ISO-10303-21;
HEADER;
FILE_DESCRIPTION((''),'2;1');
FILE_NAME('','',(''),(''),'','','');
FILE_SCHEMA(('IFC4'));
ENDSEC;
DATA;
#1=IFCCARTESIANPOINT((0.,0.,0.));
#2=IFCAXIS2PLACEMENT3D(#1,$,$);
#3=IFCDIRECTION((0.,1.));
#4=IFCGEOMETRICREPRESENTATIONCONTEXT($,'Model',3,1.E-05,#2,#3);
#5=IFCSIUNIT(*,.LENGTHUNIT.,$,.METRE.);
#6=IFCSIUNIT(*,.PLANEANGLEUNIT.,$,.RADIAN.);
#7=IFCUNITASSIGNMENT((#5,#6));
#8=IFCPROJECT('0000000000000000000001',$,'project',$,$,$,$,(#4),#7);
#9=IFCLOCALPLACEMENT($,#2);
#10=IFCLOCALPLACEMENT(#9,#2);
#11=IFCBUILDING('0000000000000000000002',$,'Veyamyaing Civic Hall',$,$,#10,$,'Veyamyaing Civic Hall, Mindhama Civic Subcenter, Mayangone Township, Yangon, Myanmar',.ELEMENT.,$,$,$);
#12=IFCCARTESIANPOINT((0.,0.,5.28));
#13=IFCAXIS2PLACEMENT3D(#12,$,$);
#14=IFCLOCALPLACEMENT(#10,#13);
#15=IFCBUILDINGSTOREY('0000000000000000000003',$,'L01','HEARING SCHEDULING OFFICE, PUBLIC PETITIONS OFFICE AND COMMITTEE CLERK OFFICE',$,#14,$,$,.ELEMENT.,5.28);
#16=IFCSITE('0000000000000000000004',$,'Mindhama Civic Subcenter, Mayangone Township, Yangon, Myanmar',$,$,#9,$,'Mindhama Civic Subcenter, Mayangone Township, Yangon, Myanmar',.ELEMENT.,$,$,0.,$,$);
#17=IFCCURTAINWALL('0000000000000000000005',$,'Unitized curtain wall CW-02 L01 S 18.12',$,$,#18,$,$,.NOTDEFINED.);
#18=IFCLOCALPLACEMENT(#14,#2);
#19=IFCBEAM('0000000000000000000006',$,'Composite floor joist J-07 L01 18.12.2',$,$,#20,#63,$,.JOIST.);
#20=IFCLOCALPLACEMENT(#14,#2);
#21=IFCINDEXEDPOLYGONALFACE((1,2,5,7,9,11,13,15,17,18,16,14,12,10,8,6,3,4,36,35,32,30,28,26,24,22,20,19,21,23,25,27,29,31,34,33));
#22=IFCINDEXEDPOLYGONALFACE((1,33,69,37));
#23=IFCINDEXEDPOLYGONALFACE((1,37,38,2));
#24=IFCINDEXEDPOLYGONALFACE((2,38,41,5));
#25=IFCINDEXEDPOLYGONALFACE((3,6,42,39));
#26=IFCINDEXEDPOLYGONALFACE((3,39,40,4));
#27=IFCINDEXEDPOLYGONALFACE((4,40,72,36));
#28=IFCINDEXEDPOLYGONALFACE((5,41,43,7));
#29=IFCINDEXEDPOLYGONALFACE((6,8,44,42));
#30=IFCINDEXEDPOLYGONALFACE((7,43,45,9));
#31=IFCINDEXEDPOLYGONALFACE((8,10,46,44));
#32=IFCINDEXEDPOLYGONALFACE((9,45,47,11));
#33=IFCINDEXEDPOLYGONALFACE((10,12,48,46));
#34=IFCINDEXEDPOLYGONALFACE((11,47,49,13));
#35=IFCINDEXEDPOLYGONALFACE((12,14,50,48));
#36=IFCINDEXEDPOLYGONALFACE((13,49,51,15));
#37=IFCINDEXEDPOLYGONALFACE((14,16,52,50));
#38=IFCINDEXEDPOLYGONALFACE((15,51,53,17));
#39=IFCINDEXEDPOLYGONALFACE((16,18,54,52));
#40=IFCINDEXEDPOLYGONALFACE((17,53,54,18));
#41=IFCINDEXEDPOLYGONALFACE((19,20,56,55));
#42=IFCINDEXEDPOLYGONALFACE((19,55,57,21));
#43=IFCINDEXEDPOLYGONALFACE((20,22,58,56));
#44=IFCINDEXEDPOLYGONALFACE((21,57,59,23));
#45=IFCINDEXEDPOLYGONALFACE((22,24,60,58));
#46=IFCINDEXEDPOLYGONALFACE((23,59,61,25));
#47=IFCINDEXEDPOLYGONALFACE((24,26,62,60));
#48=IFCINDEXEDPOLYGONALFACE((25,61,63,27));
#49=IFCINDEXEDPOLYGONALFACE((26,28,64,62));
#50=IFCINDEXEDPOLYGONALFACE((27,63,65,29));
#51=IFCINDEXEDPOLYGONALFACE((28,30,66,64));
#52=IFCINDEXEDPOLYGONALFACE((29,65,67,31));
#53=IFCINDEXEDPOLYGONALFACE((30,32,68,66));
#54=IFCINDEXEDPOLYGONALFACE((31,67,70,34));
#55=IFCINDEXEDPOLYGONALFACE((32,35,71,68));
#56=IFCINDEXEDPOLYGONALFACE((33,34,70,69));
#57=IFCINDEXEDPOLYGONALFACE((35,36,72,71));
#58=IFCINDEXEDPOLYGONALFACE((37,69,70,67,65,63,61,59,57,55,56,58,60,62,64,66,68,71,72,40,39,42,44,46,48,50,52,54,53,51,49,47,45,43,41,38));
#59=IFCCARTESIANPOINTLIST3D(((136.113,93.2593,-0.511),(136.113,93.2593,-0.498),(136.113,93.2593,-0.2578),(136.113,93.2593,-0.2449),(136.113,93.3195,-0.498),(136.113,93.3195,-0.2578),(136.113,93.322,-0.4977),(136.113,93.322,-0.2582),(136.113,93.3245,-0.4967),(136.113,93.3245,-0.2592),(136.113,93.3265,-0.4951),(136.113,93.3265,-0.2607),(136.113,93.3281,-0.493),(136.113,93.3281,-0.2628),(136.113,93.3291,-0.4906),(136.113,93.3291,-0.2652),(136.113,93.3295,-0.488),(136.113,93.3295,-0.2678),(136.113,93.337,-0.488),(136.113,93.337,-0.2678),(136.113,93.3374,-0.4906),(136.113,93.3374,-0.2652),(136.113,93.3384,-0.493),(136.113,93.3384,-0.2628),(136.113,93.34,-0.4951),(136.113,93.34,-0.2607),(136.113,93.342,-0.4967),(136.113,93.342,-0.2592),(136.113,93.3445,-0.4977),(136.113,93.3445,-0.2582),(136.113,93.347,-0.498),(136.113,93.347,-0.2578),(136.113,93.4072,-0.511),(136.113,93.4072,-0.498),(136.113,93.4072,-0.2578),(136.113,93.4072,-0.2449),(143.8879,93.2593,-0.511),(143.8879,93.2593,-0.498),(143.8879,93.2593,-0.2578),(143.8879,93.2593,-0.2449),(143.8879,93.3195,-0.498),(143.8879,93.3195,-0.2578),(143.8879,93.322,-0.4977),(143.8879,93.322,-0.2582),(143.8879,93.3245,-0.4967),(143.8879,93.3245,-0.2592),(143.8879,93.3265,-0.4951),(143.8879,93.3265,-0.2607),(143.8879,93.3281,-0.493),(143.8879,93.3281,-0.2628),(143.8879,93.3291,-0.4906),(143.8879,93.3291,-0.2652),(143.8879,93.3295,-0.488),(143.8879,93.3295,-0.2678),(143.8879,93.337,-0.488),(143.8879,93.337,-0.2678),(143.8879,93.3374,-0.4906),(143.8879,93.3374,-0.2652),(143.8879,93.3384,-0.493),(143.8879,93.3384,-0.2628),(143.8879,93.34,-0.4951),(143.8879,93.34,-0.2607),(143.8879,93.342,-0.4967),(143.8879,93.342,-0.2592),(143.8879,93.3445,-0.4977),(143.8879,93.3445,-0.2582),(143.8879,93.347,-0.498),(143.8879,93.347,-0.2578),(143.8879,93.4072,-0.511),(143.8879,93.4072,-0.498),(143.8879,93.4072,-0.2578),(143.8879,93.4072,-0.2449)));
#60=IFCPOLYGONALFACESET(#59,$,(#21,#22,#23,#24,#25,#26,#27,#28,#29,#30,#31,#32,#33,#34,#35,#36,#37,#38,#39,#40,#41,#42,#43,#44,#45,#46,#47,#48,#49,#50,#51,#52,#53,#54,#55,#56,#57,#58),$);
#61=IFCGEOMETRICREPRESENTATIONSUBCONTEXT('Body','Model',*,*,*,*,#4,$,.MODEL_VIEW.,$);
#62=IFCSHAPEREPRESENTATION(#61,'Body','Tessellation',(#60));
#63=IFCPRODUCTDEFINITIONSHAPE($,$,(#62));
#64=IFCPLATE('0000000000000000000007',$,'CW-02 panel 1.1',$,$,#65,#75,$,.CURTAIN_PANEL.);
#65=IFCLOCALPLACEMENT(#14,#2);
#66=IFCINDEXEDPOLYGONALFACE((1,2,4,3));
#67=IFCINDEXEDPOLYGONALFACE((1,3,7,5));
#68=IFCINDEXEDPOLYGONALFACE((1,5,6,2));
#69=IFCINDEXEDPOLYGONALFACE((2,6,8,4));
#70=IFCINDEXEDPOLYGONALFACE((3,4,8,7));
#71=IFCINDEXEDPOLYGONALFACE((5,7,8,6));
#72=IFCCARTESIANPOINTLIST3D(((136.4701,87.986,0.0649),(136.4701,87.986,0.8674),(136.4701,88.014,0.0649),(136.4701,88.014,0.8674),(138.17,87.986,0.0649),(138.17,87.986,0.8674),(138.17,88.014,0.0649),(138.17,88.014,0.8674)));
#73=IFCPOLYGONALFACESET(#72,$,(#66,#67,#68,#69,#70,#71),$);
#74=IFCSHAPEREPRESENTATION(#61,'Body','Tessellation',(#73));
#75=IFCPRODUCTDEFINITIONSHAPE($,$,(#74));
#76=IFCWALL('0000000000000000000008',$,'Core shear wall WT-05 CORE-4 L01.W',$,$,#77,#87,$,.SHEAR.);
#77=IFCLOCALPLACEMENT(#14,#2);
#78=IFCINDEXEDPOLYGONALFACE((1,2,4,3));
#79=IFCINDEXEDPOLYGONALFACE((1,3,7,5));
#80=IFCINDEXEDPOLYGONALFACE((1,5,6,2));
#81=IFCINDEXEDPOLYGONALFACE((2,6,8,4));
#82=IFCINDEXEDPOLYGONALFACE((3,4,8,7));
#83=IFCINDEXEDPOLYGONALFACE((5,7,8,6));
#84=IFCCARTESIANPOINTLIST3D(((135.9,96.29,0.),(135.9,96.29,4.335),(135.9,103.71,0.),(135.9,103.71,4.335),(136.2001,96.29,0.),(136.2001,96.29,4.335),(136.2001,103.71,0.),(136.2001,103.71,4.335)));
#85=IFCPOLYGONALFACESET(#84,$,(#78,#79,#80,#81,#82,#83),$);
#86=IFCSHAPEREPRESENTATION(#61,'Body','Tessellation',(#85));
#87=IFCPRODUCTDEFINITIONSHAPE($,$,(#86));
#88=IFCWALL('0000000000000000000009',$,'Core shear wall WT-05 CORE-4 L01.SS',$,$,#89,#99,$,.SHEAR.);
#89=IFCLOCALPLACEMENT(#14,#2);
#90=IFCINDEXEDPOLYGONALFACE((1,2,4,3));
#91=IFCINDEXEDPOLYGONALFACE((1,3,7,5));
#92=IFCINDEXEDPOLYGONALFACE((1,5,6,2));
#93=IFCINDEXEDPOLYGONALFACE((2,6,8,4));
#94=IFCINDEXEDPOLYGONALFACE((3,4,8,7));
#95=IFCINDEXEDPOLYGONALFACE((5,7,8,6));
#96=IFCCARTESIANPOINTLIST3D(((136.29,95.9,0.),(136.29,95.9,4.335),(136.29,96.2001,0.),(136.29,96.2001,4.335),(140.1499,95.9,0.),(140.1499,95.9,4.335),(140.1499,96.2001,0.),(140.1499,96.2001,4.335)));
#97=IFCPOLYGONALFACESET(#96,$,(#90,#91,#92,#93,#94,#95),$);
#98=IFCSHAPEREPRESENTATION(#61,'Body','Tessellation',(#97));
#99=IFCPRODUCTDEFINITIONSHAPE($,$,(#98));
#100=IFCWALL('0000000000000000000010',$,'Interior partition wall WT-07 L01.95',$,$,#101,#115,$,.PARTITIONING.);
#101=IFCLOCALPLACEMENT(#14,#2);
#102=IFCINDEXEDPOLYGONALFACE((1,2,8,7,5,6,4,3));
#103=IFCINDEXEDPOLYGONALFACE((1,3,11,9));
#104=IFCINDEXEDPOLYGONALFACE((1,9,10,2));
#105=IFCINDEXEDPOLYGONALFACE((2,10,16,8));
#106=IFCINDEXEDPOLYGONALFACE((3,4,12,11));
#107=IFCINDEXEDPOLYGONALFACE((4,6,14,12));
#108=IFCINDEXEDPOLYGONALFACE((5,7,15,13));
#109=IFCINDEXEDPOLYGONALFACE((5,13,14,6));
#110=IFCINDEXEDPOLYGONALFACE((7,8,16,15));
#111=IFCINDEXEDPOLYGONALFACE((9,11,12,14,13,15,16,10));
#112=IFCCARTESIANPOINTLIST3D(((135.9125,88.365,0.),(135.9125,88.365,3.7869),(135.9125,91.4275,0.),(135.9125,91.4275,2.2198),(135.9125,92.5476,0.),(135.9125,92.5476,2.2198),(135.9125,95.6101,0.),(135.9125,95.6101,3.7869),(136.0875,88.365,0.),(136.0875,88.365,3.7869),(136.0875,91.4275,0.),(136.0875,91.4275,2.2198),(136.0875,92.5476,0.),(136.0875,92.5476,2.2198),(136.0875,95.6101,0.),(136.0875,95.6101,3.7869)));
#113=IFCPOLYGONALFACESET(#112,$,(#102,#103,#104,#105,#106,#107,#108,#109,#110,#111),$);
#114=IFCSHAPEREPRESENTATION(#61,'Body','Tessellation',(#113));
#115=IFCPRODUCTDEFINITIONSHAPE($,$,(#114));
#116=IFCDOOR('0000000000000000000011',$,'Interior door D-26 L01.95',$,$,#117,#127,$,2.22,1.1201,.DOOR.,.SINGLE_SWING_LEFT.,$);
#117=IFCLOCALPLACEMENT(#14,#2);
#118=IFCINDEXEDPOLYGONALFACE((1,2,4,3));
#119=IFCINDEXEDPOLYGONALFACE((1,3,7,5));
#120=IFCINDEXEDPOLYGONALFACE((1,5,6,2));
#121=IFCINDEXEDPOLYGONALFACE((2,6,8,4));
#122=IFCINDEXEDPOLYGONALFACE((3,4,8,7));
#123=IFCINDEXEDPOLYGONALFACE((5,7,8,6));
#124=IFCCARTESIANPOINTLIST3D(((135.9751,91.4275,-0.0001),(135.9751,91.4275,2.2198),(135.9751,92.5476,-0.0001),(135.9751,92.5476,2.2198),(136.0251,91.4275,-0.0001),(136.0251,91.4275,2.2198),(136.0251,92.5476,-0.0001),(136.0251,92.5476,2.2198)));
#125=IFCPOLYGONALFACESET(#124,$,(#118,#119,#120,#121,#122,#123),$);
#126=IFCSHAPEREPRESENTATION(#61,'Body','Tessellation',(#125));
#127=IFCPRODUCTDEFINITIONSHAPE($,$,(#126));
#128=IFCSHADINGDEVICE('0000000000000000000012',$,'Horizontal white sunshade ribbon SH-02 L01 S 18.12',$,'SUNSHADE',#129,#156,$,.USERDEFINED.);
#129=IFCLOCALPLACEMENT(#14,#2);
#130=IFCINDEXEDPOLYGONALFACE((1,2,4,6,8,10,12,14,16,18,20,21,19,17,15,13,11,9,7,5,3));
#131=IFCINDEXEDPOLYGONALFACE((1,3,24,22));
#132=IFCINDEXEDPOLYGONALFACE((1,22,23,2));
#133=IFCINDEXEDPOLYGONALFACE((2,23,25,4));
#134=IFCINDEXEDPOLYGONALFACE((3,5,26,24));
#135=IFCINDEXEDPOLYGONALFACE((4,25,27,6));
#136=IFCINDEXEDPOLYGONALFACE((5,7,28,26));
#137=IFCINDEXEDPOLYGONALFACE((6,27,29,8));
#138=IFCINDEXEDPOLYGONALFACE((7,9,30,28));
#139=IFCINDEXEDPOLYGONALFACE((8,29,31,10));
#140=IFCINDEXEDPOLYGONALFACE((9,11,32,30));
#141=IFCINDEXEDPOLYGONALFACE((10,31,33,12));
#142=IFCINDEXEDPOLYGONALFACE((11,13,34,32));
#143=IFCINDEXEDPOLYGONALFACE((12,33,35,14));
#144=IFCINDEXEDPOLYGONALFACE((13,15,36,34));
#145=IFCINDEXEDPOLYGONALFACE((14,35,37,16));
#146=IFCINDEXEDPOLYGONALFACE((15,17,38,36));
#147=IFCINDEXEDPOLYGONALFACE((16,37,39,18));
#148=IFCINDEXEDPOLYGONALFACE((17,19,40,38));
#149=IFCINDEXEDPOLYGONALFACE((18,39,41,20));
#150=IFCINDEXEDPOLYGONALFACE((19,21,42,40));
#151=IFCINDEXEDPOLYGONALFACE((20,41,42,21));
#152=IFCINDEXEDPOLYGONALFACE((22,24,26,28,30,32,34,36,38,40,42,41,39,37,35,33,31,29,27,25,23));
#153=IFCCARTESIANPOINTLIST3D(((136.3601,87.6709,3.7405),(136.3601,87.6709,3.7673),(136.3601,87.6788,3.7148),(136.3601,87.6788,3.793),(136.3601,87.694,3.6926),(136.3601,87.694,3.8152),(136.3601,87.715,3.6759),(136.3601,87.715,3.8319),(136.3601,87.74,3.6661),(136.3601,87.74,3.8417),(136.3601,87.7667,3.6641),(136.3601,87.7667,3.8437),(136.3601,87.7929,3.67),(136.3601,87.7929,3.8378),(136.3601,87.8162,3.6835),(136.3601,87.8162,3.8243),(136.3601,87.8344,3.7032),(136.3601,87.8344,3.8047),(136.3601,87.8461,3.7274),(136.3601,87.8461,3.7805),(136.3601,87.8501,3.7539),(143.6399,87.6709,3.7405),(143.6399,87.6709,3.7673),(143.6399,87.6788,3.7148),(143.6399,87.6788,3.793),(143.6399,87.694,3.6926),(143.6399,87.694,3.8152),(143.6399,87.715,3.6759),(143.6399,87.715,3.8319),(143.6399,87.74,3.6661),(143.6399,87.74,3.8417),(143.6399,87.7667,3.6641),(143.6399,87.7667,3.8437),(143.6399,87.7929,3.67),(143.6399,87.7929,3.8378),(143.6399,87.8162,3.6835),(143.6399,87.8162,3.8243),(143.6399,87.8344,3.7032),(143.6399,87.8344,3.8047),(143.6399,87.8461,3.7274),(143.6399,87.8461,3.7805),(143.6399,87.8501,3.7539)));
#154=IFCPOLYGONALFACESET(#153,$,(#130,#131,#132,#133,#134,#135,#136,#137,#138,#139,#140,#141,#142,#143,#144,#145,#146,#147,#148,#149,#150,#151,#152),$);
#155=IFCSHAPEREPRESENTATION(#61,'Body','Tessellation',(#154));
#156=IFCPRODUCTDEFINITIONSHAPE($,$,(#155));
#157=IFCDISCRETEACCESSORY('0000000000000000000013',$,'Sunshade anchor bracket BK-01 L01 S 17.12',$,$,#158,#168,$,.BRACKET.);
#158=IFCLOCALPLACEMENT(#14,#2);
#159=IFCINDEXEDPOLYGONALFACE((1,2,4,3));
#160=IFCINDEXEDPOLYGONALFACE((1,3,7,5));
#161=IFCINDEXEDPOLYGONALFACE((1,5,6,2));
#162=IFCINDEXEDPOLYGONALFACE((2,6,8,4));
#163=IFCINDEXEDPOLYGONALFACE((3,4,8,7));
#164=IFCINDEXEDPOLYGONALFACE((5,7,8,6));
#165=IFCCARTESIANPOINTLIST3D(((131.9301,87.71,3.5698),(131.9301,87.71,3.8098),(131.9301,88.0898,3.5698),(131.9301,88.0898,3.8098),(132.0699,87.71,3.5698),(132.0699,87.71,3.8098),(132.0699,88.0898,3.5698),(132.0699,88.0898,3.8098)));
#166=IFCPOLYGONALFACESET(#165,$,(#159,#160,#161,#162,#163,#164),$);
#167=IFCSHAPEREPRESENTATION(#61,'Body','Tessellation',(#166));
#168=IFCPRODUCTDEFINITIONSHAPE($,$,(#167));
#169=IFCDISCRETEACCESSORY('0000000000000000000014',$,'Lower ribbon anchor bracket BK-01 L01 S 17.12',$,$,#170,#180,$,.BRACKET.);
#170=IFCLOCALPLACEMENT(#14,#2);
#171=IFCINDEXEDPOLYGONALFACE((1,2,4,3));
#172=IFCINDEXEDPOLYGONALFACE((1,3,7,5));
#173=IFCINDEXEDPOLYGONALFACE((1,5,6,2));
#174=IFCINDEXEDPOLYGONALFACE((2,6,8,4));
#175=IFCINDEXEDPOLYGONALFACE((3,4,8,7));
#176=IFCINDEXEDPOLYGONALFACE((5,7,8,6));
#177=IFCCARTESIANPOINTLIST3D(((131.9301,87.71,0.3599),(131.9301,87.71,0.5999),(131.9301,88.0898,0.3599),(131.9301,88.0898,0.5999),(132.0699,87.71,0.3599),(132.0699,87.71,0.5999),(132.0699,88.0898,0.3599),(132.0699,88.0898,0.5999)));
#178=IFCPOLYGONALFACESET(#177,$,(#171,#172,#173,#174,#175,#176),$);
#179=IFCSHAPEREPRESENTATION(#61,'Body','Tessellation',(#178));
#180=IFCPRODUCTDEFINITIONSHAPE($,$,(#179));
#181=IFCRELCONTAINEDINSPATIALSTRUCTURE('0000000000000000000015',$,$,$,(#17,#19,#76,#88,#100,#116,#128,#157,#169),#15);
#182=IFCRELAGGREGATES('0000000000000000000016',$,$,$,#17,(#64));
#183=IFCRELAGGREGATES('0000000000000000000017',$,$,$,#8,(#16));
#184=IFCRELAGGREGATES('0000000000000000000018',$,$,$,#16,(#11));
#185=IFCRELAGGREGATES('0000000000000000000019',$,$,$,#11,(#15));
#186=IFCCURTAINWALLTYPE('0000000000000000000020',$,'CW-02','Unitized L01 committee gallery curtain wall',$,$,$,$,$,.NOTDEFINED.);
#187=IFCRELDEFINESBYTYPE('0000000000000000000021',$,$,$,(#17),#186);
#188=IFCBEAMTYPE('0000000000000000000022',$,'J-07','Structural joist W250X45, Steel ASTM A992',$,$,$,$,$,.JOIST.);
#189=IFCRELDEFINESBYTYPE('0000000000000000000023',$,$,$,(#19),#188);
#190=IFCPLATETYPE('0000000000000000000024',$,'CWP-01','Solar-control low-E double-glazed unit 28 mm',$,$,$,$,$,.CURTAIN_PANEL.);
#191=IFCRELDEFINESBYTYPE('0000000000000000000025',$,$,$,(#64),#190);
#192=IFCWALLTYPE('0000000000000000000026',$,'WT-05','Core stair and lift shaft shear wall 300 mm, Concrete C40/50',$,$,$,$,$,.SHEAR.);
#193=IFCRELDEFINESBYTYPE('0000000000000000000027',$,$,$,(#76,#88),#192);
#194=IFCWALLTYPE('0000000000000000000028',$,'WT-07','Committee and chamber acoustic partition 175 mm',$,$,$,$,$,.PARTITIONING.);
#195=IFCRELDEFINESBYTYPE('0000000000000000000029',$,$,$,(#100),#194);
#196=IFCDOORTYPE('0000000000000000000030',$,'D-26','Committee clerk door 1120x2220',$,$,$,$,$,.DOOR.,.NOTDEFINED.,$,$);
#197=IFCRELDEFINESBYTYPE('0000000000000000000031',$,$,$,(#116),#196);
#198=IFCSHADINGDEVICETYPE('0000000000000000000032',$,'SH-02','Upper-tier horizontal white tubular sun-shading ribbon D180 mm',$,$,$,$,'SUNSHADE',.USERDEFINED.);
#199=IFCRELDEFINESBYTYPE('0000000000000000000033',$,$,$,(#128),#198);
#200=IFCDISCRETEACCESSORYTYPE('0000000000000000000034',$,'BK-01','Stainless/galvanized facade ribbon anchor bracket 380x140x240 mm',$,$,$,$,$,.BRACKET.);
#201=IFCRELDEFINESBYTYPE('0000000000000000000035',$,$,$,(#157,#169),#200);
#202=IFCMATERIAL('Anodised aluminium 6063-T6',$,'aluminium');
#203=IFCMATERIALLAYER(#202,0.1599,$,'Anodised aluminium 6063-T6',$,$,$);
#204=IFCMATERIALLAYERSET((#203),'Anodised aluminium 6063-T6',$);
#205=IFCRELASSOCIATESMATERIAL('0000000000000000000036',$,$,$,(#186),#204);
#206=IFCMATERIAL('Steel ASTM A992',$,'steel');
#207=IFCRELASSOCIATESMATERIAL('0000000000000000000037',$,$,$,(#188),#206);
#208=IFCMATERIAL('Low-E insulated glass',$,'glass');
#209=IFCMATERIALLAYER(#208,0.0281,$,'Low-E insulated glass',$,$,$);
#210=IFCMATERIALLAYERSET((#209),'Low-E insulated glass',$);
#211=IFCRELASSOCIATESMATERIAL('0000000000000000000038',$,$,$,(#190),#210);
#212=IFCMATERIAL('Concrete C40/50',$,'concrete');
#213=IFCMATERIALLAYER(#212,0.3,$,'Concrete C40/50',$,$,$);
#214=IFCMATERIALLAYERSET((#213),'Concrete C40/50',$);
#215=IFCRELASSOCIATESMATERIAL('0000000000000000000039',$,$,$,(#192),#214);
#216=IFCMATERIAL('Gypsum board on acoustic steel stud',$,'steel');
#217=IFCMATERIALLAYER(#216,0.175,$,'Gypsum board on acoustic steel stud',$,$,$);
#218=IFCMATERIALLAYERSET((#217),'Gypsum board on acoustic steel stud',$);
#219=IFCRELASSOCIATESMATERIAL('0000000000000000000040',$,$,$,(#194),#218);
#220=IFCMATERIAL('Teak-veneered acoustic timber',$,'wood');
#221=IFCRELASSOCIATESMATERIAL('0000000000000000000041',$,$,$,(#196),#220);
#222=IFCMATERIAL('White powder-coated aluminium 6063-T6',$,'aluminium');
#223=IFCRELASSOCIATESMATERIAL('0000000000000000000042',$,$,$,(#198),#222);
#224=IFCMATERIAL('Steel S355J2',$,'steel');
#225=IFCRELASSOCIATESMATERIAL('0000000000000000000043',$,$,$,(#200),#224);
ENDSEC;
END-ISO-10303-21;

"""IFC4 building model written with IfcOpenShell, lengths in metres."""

from ifc_helpers import new_model, si_unit, direction, frame, frame_2d, origin, origin_2d, place, context, subcontext, project, spatial, rectangle, circle, i_section, extrude, material, layer, layer_set, material_profile, profile_set, type_object, element, fill, aggregate, save


model = new_model("IFC4")

# Units and contexts
model_context = context("Model", 3, precision=1e-05, world=origin(), true_north=direction((0.0, 1.0)))
body_context = subcontext(model_context, "Body", "Model", "MODEL_VIEW")
ifc_project = project(units=[si_unit("LENGTHUNIT", "METRE"), si_unit("PLANEANGLEUNIT", "RADIAN")], contexts=[model_context])

# Site, building, storey
site_placement = place(None, origin())
site = spatial("IfcSite", under=ifc_project, at=site_placement, Name="Mindhama Civic Subcenter, Mayangone Township, Yangon, Myanmar", LongName="Mindhama Civic Subcenter, Mayangone Township, Yangon, Myanmar", CompositionType="ELEMENT", RefElevation=0.0)
building_placement = place(site_placement, origin())
building = spatial("IfcBuilding", under=site, at=building_placement, Name="Veyamyaing Civic Hall", LongName="Veyamyaing Civic Hall, Mindhama Civic Subcenter, Mayangone Township, Yangon, Myanmar", CompositionType="ELEMENT")
storey_placement = place(building_placement, frame((0.0, 0.0, 5.28)))
storey = spatial("IfcBuildingStorey", under=building, at=storey_placement, Name="L01", Description="HEARING SCHEDULING OFFICE, PUBLIC PETITIONS OFFICE AND COMMITTEE CLERK OFFICE", CompositionType="ELEMENT", Elevation=5.28)

# Shared definitions
ifc_material_1 = material(Name="Steel ASTM A992", Category="steel")

# Curtain wall
ifc_material_2 = material(Name="Anodised aluminium 6063-T6", Category="aluminium")
ifc_layer_1 = layer(ifc_material_2, 0.1599, Name="Anodised aluminium 6063-T6")
ifc_layer_set_1 = layer_set([ifc_layer_1], Name="Anodised aluminium 6063-T6")
curtain_wall_type = type_object("IfcCurtainWallType", Name="CW-02", Description="Unitized L01 committee gallery curtain wall", PredefinedType="NOTDEFINED", material=ifc_layer_set_1)
curtain_wall_placement = place(storey_placement, origin())
curtain_wall = element("IfcCurtainWall", 1, at=curtain_wall_placement, inside=storey, type_object=curtain_wall_type, Name="Unitized curtain wall CW-02 L01 S 18.12", PredefinedType="NOTDEFINED")

# Beam
ifc_material_profile_1 = material_profile(ifc_material_1, i_section(OverallWidth=0.1479, OverallDepth=0.2661, WebThickness=0.0076, FlangeThickness=0.0129, FilletRadius=0.01, at=origin_2d()), Name="W250X45")
ifc_profile_set_1 = profile_set([ifc_material_profile_1], Name="Steel ASTM A992")
beam_type_1 = type_object("IfcBeamType", Name="J-07", Description="Structural joist W250X45, Steel ASTM A992", PredefinedType="JOIST", material=ifc_profile_set_1)
for number, where, z_axis, x_axis, name in (
    (2, (136.113, 93.3333, -0.3779), (1.0, 0.0, 0.0), (0.0, 1.0, 0.0), "Composite floor joist J-07 L01 18.12.2"),
):
    element("IfcBeam", number, at=place(storey_placement, frame(where, z_axis=z_axis, x_axis=x_axis)), inside=storey, type_object=beam_type_1, Name=name, PredefinedType="JOIST", context=body_context, shape_type="SweptSolid", body=[
        extrude(i_section(OverallWidth=0.1479, OverallDepth=0.2661, WebThickness=0.0076, FlangeThickness=0.0129, FilletRadius=0.01, at=origin_2d()), origin(), (0.0, 0.0, 1.0), 7.7749),
    ])

# Plate
ifc_material_3 = material(Name="Low-E insulated glass", Category="glass")
ifc_layer_2 = layer(ifc_material_3, 0.0281, Name="Low-E insulated glass")
ifc_layer_set_2 = layer_set([ifc_layer_2], Name="Low-E insulated glass")
plate_type = type_object("IfcPlateType", Name="CWP-01", Description="Solar-control low-E double-glazed unit 28 mm", PredefinedType="CURTAIN_PANEL", material=ifc_layer_set_2)
plate_placement = place(storey_placement, frame((137.3201, 88.0, 0.0649), z_axis=(0.0, 0.0, 1.0), x_axis=(1.0, 0.0, 0.0)))
plate = element("IfcPlate", 3, at=plate_placement, type_object=plate_type, Name="CW-02 panel 1.1", PredefinedType="CURTAIN_PANEL", context=body_context, shape_type="SweptSolid", body=[
    extrude(rectangle(XDim=1.7, YDim=0.0281, at=origin_2d()), origin(), (0.0, 0.0, 1.0), 0.8025),
])
aggregate(curtain_wall, [plate])

# Walls
ifc_material_4 = material(Name="Concrete C40/50", Category="concrete")
ifc_layer_3 = layer(ifc_material_4, 0.3, Name="Concrete C40/50")
ifc_layer_set_3 = layer_set([ifc_layer_3], Name="Concrete C40/50")
wall_type_1 = type_object("IfcWallType", Name="WT-05", Description="Core stair and lift shaft shear wall 300 mm, Concrete C40/50", PredefinedType="SHEAR", material=ifc_layer_set_3)
wall_1_placement = place(storey_placement, frame((136.05, 96.29, 0.0), z_axis=(0.0, 0.0, 1.0), x_axis=(0.0, 1.0, 0.0)))
element("IfcWall", 4, at=wall_1_placement, inside=storey, type_object=wall_type_1, Name="Core shear wall WT-05 CORE-4 L01.W", PredefinedType="SHEAR", context=body_context, shape_type="SweptSolid", body=[
    extrude(rectangle(XDim=7.4199, YDim=0.3, at=frame_2d((3.71, 0.0))), origin(), (0.0, 0.0, 1.0), 4.335),
])
wall_2_placement = place(storey_placement, frame((136.29, 96.05, 0.0), z_axis=(0.0, 0.0, 1.0), x_axis=(1.0, 0.0, 0.0)))
element("IfcWall", 5, at=wall_2_placement, inside=storey, type_object=wall_type_1, Name="Core shear wall WT-05 CORE-4 L01.SS", PredefinedType="SHEAR", context=body_context, shape_type="SweptSolid", body=[
    extrude(rectangle(XDim=3.8599, YDim=0.3, at=frame_2d((1.9299, 0.0))), origin(), (0.0, 0.0, 1.0), 4.335),
])

# Wall, opening, door
ifc_material_5 = material(Name="Gypsum board on acoustic steel stud", Category="steel")
ifc_layer_4 = layer(ifc_material_5, 0.175, Name="Gypsum board on acoustic steel stud")
ifc_layer_set_4 = layer_set([ifc_layer_4], Name="Gypsum board on acoustic steel stud")
wall_type_2 = type_object("IfcWallType", Name="WT-07", Description="Committee and chamber acoustic partition 175 mm", PredefinedType="PARTITIONING", material=ifc_layer_set_4)
wall_3_placement = place(storey_placement, frame((136.0, 88.365, 0.0), z_axis=(0.0, 0.0, 1.0), x_axis=(0.0, 1.0, 0.0)))
wall_3 = element("IfcWall", 6, at=wall_3_placement, inside=storey, type_object=wall_type_2, Name="Interior partition wall WT-07 L01.95", PredefinedType="PARTITIONING", context=body_context, shape_type="SweptSolid", body=[
    extrude(rectangle(XDim=7.2451, YDim=0.175, at=frame_2d((3.6226, 0.0))), origin(), (0.0, 0.0, 1.0), 3.7869),
])
opening_placement = place(wall_3_placement, frame((3.0625, 0.0, 0.0)))
opening = element("IfcOpeningElement", 7, at=opening_placement, cuts=wall_3, PredefinedType="OPENING", context=body_context, shape_type="SweptSolid", body=[
    extrude(rectangle(XDim=1.1201, YDim=2.22, at=frame_2d((0.5601, 1.1099))), frame((0.0, 0.0974, 0.0), z_axis=(0.0, -1.0, 0.0), x_axis=(1.0, 0.0, 0.0)), (0.0, 0.0, 1.0), 0.1951),
])
ifc_material_6 = material(Name="Teak-veneered acoustic timber", Category="wood")
door_type = type_object("IfcDoorType", Name="D-26", Description="Committee clerk door 1120x2220", OperationType="NOTDEFINED", PredefinedType="DOOR", material=ifc_material_6)
door_placement = place(opening_placement, origin())
door = element("IfcDoor", 8, at=door_placement, inside=storey, type_object=door_type, Name="Interior door D-26 L01.95", OperationType="SINGLE_SWING_LEFT", OverallHeight=2.22, OverallWidth=1.1201, PredefinedType="DOOR", context=body_context, shape_type="SweptSolid", body=[
    extrude(rectangle(XDim=1.1201, YDim=2.22, at=frame_2d((0.5601, 1.1099))), frame((0.0, 0.0249, 0.0), z_axis=(0.0, -1.0, 0.0), x_axis=(1.0, 0.0, 0.0)), (0.0, 0.0, 1.0), 0.05),
])
fill(opening, door)

# Shading device
ifc_material_7 = material(Name="White powder-coated aluminium 6063-T6", Category="aluminium")
ifc_material_profile_2 = material_profile(ifc_material_7, circle(Radius=0.0901, at=origin_2d()), Name="SHADE-TUBE-180")
ifc_profile_set_2 = profile_set([ifc_material_profile_2], Name="White powder-coated aluminium 6063-T6")
shading_device_type = type_object("IfcShadingDeviceType", Name="SH-02", Description="Upper-tier horizontal white tubular sun-shading ribbon D180 mm", ElementType="SUNSHADE", PredefinedType="USERDEFINED", material=ifc_profile_set_2)
shading_device_placement = place(storey_placement, frame((136.3601, 87.76, 3.7539), z_axis=(1.0, 0.0, 0.0), x_axis=(0.0, 1.0, 0.0)))
element("IfcShadingDevice", 9, at=shading_device_placement, inside=storey, type_object=shading_device_type, Name="Horizontal white sunshade ribbon SH-02 L01 S 18.12", ObjectType="SUNSHADE", PredefinedType="USERDEFINED", context=body_context, shape_type="SweptSolid", body=[
    extrude(circle(Radius=0.0901, at=origin_2d()), origin(), (0.0, 0.0, 1.0), 7.2798),
])

# Discrete accessories
ifc_material_8 = material(Name="Steel S355J2", Category="steel")
discrete_accessory_type = type_object("IfcDiscreteAccessoryType", Name="BK-01", Description="Stainless/galvanized facade ribbon anchor bracket 380x140x240 mm", PredefinedType="BRACKET", material=ifc_material_8)
for number, where, z_axis, x_axis, name in (
    (10, (132.0, 87.8999, 3.5698), (0.0, 0.0, 1.0), (0.0, -1.0, 0.0), "Sunshade anchor bracket BK-01 L01 S 17.12"),
    (11, (132.0, 87.8999, 0.3599), (0.0, 0.0, 1.0), (0.0, -1.0, 0.0), "Lower ribbon anchor bracket BK-01 L01 S 17.12"),
):
    element("IfcDiscreteAccessory", number, at=place(storey_placement, frame(where, z_axis=z_axis, x_axis=x_axis)), inside=storey, type_object=discrete_accessory_type, Name=name, PredefinedType="BRACKET", context=body_context, shape_type="SweptSolid", body=[
        extrude(rectangle(XDim=0.3799, YDim=0.1399, at=origin_2d()), origin(), (0.0, 0.0, 1.0), 0.24),
    ])

save(model, "model.ifc")
